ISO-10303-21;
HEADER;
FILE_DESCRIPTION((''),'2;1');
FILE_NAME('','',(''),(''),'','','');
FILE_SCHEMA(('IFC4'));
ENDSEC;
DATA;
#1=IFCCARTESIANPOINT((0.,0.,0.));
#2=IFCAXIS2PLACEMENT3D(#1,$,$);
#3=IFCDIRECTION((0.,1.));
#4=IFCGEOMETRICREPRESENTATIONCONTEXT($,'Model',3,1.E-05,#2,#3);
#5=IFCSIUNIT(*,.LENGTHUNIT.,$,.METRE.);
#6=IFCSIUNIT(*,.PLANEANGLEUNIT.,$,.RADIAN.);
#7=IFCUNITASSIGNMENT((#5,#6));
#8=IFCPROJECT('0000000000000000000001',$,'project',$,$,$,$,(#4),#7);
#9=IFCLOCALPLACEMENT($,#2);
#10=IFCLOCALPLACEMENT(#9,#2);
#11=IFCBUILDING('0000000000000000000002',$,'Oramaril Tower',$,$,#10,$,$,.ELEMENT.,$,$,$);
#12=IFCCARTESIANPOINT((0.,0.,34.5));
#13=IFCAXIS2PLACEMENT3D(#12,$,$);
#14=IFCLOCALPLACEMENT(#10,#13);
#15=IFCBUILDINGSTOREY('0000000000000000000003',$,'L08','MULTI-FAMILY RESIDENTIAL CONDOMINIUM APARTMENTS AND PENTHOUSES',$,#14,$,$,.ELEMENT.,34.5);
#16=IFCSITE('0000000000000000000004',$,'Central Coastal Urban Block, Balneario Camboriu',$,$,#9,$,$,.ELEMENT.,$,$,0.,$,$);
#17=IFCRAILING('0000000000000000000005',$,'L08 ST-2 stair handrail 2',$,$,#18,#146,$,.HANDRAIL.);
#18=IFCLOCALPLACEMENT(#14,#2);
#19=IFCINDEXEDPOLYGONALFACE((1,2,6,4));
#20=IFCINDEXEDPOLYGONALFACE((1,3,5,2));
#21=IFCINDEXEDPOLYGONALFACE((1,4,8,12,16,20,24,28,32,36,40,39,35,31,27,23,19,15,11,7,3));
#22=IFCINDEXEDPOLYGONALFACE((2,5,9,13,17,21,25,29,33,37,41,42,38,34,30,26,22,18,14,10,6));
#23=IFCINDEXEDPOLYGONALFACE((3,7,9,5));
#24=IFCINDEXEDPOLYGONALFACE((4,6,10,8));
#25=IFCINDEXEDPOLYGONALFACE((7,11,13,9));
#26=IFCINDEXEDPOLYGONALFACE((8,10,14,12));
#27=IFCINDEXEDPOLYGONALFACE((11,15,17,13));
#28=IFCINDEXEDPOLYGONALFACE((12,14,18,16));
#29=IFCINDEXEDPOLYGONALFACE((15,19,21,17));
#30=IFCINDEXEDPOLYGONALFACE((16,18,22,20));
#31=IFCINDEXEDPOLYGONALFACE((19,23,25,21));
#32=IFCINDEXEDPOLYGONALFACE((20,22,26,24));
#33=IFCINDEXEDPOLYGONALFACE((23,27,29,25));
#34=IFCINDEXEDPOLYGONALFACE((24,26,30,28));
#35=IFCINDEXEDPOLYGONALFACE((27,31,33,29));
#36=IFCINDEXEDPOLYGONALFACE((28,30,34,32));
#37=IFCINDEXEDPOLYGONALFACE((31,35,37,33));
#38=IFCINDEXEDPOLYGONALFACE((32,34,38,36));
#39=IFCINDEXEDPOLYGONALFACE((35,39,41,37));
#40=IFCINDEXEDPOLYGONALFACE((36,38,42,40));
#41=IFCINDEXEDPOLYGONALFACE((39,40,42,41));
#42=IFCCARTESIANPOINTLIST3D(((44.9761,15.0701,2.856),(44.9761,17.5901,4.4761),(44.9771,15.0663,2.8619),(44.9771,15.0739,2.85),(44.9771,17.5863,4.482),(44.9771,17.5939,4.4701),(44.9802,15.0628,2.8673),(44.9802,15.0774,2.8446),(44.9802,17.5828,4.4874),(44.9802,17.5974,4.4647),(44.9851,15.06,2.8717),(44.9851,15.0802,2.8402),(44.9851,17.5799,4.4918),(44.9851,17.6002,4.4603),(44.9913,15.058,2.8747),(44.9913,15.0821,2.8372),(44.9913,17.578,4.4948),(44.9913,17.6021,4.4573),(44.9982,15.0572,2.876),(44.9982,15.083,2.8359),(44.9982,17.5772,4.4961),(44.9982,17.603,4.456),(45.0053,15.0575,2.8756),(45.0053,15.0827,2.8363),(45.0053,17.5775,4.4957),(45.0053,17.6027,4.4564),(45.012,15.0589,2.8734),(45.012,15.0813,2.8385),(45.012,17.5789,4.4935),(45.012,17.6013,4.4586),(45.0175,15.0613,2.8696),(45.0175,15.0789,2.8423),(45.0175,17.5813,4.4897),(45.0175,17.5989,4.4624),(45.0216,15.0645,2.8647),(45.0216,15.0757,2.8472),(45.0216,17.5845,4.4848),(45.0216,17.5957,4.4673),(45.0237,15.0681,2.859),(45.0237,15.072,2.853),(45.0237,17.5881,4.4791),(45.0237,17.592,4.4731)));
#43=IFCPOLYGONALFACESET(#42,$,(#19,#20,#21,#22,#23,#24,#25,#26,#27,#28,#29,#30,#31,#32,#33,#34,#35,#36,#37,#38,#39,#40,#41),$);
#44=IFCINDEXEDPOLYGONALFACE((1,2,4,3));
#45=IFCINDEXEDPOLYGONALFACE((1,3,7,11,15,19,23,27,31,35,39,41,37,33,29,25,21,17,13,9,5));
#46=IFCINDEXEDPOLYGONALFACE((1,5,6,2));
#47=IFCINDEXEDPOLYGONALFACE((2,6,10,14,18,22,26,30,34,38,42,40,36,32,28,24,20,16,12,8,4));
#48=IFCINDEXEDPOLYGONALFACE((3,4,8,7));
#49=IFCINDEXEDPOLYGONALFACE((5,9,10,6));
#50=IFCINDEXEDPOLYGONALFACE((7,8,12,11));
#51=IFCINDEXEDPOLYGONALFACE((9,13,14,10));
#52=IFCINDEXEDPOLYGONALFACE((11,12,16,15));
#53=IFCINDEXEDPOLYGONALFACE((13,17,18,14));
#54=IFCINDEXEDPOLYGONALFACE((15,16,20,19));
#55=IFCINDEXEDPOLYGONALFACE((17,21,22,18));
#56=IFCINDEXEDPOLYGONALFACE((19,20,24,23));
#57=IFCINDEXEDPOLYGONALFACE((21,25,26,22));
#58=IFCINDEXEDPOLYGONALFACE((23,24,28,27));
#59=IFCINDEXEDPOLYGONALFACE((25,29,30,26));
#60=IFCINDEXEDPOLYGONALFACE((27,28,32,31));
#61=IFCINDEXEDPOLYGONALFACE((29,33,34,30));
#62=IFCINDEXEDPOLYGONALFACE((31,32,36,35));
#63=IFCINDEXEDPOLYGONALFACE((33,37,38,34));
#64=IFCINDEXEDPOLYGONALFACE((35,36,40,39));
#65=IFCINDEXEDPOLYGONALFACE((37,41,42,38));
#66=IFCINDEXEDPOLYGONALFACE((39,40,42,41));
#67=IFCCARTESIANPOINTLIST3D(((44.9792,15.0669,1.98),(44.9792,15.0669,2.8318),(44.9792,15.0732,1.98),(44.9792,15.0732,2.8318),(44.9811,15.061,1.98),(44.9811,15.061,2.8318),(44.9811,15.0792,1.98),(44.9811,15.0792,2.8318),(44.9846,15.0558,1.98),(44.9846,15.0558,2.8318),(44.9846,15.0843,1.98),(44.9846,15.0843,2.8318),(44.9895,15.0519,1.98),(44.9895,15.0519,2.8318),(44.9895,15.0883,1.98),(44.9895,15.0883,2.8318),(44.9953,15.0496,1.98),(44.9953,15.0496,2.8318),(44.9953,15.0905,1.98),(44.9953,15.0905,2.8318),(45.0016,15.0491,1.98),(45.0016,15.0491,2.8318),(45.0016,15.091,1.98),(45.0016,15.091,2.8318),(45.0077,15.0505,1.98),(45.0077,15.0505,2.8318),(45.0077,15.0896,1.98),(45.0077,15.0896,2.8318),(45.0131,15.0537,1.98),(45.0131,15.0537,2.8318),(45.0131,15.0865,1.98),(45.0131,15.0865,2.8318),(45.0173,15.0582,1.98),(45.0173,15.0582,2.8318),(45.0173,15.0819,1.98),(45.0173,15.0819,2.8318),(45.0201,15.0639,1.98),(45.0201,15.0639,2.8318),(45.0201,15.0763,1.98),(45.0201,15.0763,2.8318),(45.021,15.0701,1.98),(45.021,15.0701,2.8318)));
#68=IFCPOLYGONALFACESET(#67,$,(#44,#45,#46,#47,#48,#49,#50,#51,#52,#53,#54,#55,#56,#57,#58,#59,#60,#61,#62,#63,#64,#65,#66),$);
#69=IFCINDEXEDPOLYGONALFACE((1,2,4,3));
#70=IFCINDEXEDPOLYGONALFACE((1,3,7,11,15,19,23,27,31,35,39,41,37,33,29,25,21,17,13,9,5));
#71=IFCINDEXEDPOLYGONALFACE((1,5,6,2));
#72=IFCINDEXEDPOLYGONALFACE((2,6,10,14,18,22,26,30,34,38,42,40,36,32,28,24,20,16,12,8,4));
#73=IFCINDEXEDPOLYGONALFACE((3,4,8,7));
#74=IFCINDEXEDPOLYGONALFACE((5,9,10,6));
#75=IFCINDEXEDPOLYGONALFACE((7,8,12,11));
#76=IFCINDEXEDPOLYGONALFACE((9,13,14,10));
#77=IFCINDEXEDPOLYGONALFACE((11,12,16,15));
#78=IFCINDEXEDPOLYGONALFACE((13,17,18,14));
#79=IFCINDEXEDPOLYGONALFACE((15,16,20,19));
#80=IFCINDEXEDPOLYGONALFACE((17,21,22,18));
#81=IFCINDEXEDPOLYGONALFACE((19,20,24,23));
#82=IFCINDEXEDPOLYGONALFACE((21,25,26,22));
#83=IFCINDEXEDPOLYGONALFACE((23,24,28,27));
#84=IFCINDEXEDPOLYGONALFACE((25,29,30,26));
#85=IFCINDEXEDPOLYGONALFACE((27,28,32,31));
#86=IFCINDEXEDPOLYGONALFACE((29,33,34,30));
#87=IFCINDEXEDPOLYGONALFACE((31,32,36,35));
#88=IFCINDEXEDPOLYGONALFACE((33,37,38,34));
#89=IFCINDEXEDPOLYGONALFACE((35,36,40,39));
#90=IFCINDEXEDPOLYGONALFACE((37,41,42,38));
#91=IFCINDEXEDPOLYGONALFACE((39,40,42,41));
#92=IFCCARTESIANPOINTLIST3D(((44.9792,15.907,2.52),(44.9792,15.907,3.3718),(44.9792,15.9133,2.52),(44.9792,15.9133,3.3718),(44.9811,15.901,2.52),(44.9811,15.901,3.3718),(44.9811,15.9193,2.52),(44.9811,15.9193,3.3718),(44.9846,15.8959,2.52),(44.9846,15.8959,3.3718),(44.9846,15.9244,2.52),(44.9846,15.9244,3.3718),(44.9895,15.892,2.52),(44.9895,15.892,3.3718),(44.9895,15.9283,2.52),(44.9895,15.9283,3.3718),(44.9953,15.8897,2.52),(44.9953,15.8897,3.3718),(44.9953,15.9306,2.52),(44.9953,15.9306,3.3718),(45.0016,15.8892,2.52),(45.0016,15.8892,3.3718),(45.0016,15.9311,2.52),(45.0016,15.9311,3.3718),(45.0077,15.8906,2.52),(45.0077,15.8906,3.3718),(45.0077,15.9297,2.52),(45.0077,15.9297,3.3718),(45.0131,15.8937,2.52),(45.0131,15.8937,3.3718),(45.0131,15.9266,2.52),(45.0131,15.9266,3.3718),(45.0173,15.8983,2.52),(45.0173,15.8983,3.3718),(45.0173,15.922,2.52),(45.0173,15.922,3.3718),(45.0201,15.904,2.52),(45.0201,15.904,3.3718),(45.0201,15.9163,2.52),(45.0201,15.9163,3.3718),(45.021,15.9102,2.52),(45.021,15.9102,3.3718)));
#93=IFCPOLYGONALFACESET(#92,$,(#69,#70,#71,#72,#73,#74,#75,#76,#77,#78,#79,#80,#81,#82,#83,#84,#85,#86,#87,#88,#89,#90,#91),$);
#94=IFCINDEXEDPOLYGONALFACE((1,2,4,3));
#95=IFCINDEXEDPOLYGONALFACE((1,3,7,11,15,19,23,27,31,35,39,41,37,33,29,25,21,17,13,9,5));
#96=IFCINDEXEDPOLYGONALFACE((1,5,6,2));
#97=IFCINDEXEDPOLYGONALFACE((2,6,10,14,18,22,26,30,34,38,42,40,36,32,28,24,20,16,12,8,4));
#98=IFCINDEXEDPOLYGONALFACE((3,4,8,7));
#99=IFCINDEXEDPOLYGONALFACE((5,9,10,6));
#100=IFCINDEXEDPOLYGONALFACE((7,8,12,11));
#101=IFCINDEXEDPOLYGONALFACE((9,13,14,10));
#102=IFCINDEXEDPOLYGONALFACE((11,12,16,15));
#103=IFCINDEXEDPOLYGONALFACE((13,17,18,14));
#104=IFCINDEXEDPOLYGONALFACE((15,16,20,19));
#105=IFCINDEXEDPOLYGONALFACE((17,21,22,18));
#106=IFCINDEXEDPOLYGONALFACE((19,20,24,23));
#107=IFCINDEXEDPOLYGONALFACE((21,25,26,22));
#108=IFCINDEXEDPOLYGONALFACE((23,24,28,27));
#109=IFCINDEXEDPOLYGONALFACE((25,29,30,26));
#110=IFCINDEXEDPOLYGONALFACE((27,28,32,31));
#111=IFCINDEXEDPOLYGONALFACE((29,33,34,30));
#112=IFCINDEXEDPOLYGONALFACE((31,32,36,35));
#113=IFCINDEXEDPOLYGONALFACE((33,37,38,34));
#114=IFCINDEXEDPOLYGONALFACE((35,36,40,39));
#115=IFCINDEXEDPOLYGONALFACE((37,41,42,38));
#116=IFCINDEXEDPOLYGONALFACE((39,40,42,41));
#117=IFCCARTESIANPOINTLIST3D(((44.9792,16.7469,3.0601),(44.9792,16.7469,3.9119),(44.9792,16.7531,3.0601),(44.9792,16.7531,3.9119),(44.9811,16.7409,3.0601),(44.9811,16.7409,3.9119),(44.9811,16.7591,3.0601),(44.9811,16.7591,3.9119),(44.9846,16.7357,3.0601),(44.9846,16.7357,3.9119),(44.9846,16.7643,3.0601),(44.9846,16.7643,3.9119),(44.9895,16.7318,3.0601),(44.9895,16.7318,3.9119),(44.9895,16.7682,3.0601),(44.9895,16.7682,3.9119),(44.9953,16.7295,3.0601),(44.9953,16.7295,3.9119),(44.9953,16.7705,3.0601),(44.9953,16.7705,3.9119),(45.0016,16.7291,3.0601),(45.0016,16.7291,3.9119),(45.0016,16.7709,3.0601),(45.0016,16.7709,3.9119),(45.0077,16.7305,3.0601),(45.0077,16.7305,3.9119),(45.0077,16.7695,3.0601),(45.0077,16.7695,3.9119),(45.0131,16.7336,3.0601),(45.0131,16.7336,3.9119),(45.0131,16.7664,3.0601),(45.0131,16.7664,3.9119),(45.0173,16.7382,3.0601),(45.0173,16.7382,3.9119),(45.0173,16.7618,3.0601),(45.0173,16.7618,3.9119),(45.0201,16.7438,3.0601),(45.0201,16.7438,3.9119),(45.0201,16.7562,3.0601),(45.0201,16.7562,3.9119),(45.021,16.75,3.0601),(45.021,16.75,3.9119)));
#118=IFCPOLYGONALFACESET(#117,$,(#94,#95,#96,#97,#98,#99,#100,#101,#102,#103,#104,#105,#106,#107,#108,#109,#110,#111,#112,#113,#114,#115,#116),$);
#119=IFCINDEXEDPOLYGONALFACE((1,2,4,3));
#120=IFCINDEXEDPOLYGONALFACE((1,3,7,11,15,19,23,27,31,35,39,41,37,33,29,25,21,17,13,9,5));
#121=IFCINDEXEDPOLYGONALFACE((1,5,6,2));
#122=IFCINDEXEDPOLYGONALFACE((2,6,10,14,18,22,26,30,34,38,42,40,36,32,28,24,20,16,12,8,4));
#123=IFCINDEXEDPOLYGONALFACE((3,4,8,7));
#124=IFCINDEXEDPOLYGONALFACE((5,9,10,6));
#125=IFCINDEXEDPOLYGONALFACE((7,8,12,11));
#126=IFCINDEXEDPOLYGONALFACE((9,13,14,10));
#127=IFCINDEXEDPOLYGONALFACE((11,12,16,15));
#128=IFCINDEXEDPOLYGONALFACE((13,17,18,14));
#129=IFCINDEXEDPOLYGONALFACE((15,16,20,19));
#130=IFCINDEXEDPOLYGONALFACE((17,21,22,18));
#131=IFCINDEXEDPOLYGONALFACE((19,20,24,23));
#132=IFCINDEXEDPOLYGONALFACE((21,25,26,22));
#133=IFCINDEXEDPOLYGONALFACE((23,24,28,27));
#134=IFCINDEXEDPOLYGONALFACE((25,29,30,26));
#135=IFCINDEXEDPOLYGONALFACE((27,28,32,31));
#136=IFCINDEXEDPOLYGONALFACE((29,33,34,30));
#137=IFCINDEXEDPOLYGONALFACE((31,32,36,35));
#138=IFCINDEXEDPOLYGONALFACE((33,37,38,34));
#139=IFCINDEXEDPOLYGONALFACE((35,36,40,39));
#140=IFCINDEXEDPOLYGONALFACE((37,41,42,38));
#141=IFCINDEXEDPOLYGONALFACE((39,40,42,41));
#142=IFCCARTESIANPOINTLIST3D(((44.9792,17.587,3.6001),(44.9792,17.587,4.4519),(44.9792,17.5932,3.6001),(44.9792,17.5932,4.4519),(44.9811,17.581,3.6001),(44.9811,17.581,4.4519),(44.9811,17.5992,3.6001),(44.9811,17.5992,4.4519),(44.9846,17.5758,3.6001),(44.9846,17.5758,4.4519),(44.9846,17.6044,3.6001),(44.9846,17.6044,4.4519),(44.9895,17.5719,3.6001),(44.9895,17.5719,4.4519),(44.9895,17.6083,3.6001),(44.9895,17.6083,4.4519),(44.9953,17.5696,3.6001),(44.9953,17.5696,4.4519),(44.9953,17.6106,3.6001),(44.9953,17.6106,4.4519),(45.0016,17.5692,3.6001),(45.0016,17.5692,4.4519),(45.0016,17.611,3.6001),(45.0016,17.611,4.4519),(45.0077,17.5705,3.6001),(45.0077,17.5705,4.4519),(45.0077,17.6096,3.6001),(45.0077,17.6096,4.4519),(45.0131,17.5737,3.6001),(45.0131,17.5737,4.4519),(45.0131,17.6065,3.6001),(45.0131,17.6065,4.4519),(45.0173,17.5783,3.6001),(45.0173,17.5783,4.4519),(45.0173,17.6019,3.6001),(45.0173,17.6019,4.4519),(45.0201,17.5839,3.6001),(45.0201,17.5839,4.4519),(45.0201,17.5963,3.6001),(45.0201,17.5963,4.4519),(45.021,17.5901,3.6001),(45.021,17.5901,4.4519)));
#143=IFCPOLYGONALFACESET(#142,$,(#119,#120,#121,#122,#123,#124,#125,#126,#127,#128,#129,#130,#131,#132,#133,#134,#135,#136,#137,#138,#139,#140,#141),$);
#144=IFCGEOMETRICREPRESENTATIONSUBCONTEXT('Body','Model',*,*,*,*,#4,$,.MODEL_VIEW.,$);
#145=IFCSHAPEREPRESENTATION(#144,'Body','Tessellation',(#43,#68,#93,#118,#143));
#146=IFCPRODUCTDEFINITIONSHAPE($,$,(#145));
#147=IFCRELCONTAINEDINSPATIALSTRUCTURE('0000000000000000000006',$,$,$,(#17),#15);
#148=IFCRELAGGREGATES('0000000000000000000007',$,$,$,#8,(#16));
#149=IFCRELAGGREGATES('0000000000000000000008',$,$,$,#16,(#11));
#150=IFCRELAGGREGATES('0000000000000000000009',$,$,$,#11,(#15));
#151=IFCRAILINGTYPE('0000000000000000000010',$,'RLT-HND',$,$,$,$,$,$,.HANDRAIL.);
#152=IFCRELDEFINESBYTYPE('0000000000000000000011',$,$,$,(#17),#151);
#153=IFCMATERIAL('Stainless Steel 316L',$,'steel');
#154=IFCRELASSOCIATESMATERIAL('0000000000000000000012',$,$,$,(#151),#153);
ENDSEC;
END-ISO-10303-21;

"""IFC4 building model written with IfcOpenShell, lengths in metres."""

from ifc_helpers import new_model, si_unit, direction, frame, origin, origin_2d, place, context, subcontext, project, spatial, circle, extrude, material, type_object, element, save


model = new_model("IFC4")

# Units and contexts
model_context = context("Model", 3, precision=1e-05, world=origin(), true_north=direction((0.0, 1.0)))
body_context = subcontext(model_context, "Body", "Model", "MODEL_VIEW")
ifc_project = project(units=[si_unit("LENGTHUNIT", "METRE"), si_unit("PLANEANGLEUNIT", "RADIAN")], contexts=[model_context])

# Site, building, storey
site_placement = place(None, origin())
site = spatial("IfcSite", under=ifc_project, at=site_placement, Name="Central Coastal Urban Block, Balneario Camboriu", CompositionType="ELEMENT", RefElevation=0.0)
building_placement = place(site_placement, origin())
building = spatial("IfcBuilding", under=site, at=building_placement, Name="Oramaril Tower", CompositionType="ELEMENT")
storey_placement = place(building_placement, frame((0.0, 0.0, 34.5)))
storey = spatial("IfcBuildingStorey", under=building, at=storey_placement, Name="L08", Description="MULTI-FAMILY RESIDENTIAL CONDOMINIUM APARTMENTS AND PENTHOUSES", CompositionType="ELEMENT", Elevation=34.5)

# Railing
ifc_material_1 = material(Name="Stainless Steel 316L", Category="steel")
railing_type_1 = type_object("IfcRailingType", Name="RLT-HND", PredefinedType="HANDRAIL", material=ifc_material_1)
railing_1_placement = place(storey_placement, frame((45.0, 15.0701, 1.98)))
element("IfcRailing", 1, at=railing_1_placement, inside=storey, type_object=railing_type_1, Name="L08 ST-2 stair handrail 2", PredefinedType="HANDRAIL", context=body_context, shape_type="SweptSolid", body=[
    extrude(circle(Radius=0.0239, at=origin_2d()), frame((0.0, 0.0, 0.876), z_axis=(0.0, 0.841163, 0.540782), x_axis=(-1.0, 0.0, 0.0)), (0.0, 0.0, 1.0), 2.9958),
    extrude(circle(Radius=0.021, at=origin_2d()), origin(), (0.0, 0.0, 1.0), 0.8518),
    extrude(circle(Radius=0.021, at=origin_2d()), frame((0.0, 0.8401, 0.54)), (0.0, 0.0, 1.0), 0.8518),
    extrude(circle(Radius=0.021, at=origin_2d()), frame((0.0, 1.6799, 1.0801)), (0.0, 0.0, 1.0), 0.8518),
    extrude(circle(Radius=0.021, at=origin_2d()), frame((0.0, 2.52, 1.6201)), (0.0, 0.0, 1.0), 0.8518),
])

save(model, "model.ifc")
